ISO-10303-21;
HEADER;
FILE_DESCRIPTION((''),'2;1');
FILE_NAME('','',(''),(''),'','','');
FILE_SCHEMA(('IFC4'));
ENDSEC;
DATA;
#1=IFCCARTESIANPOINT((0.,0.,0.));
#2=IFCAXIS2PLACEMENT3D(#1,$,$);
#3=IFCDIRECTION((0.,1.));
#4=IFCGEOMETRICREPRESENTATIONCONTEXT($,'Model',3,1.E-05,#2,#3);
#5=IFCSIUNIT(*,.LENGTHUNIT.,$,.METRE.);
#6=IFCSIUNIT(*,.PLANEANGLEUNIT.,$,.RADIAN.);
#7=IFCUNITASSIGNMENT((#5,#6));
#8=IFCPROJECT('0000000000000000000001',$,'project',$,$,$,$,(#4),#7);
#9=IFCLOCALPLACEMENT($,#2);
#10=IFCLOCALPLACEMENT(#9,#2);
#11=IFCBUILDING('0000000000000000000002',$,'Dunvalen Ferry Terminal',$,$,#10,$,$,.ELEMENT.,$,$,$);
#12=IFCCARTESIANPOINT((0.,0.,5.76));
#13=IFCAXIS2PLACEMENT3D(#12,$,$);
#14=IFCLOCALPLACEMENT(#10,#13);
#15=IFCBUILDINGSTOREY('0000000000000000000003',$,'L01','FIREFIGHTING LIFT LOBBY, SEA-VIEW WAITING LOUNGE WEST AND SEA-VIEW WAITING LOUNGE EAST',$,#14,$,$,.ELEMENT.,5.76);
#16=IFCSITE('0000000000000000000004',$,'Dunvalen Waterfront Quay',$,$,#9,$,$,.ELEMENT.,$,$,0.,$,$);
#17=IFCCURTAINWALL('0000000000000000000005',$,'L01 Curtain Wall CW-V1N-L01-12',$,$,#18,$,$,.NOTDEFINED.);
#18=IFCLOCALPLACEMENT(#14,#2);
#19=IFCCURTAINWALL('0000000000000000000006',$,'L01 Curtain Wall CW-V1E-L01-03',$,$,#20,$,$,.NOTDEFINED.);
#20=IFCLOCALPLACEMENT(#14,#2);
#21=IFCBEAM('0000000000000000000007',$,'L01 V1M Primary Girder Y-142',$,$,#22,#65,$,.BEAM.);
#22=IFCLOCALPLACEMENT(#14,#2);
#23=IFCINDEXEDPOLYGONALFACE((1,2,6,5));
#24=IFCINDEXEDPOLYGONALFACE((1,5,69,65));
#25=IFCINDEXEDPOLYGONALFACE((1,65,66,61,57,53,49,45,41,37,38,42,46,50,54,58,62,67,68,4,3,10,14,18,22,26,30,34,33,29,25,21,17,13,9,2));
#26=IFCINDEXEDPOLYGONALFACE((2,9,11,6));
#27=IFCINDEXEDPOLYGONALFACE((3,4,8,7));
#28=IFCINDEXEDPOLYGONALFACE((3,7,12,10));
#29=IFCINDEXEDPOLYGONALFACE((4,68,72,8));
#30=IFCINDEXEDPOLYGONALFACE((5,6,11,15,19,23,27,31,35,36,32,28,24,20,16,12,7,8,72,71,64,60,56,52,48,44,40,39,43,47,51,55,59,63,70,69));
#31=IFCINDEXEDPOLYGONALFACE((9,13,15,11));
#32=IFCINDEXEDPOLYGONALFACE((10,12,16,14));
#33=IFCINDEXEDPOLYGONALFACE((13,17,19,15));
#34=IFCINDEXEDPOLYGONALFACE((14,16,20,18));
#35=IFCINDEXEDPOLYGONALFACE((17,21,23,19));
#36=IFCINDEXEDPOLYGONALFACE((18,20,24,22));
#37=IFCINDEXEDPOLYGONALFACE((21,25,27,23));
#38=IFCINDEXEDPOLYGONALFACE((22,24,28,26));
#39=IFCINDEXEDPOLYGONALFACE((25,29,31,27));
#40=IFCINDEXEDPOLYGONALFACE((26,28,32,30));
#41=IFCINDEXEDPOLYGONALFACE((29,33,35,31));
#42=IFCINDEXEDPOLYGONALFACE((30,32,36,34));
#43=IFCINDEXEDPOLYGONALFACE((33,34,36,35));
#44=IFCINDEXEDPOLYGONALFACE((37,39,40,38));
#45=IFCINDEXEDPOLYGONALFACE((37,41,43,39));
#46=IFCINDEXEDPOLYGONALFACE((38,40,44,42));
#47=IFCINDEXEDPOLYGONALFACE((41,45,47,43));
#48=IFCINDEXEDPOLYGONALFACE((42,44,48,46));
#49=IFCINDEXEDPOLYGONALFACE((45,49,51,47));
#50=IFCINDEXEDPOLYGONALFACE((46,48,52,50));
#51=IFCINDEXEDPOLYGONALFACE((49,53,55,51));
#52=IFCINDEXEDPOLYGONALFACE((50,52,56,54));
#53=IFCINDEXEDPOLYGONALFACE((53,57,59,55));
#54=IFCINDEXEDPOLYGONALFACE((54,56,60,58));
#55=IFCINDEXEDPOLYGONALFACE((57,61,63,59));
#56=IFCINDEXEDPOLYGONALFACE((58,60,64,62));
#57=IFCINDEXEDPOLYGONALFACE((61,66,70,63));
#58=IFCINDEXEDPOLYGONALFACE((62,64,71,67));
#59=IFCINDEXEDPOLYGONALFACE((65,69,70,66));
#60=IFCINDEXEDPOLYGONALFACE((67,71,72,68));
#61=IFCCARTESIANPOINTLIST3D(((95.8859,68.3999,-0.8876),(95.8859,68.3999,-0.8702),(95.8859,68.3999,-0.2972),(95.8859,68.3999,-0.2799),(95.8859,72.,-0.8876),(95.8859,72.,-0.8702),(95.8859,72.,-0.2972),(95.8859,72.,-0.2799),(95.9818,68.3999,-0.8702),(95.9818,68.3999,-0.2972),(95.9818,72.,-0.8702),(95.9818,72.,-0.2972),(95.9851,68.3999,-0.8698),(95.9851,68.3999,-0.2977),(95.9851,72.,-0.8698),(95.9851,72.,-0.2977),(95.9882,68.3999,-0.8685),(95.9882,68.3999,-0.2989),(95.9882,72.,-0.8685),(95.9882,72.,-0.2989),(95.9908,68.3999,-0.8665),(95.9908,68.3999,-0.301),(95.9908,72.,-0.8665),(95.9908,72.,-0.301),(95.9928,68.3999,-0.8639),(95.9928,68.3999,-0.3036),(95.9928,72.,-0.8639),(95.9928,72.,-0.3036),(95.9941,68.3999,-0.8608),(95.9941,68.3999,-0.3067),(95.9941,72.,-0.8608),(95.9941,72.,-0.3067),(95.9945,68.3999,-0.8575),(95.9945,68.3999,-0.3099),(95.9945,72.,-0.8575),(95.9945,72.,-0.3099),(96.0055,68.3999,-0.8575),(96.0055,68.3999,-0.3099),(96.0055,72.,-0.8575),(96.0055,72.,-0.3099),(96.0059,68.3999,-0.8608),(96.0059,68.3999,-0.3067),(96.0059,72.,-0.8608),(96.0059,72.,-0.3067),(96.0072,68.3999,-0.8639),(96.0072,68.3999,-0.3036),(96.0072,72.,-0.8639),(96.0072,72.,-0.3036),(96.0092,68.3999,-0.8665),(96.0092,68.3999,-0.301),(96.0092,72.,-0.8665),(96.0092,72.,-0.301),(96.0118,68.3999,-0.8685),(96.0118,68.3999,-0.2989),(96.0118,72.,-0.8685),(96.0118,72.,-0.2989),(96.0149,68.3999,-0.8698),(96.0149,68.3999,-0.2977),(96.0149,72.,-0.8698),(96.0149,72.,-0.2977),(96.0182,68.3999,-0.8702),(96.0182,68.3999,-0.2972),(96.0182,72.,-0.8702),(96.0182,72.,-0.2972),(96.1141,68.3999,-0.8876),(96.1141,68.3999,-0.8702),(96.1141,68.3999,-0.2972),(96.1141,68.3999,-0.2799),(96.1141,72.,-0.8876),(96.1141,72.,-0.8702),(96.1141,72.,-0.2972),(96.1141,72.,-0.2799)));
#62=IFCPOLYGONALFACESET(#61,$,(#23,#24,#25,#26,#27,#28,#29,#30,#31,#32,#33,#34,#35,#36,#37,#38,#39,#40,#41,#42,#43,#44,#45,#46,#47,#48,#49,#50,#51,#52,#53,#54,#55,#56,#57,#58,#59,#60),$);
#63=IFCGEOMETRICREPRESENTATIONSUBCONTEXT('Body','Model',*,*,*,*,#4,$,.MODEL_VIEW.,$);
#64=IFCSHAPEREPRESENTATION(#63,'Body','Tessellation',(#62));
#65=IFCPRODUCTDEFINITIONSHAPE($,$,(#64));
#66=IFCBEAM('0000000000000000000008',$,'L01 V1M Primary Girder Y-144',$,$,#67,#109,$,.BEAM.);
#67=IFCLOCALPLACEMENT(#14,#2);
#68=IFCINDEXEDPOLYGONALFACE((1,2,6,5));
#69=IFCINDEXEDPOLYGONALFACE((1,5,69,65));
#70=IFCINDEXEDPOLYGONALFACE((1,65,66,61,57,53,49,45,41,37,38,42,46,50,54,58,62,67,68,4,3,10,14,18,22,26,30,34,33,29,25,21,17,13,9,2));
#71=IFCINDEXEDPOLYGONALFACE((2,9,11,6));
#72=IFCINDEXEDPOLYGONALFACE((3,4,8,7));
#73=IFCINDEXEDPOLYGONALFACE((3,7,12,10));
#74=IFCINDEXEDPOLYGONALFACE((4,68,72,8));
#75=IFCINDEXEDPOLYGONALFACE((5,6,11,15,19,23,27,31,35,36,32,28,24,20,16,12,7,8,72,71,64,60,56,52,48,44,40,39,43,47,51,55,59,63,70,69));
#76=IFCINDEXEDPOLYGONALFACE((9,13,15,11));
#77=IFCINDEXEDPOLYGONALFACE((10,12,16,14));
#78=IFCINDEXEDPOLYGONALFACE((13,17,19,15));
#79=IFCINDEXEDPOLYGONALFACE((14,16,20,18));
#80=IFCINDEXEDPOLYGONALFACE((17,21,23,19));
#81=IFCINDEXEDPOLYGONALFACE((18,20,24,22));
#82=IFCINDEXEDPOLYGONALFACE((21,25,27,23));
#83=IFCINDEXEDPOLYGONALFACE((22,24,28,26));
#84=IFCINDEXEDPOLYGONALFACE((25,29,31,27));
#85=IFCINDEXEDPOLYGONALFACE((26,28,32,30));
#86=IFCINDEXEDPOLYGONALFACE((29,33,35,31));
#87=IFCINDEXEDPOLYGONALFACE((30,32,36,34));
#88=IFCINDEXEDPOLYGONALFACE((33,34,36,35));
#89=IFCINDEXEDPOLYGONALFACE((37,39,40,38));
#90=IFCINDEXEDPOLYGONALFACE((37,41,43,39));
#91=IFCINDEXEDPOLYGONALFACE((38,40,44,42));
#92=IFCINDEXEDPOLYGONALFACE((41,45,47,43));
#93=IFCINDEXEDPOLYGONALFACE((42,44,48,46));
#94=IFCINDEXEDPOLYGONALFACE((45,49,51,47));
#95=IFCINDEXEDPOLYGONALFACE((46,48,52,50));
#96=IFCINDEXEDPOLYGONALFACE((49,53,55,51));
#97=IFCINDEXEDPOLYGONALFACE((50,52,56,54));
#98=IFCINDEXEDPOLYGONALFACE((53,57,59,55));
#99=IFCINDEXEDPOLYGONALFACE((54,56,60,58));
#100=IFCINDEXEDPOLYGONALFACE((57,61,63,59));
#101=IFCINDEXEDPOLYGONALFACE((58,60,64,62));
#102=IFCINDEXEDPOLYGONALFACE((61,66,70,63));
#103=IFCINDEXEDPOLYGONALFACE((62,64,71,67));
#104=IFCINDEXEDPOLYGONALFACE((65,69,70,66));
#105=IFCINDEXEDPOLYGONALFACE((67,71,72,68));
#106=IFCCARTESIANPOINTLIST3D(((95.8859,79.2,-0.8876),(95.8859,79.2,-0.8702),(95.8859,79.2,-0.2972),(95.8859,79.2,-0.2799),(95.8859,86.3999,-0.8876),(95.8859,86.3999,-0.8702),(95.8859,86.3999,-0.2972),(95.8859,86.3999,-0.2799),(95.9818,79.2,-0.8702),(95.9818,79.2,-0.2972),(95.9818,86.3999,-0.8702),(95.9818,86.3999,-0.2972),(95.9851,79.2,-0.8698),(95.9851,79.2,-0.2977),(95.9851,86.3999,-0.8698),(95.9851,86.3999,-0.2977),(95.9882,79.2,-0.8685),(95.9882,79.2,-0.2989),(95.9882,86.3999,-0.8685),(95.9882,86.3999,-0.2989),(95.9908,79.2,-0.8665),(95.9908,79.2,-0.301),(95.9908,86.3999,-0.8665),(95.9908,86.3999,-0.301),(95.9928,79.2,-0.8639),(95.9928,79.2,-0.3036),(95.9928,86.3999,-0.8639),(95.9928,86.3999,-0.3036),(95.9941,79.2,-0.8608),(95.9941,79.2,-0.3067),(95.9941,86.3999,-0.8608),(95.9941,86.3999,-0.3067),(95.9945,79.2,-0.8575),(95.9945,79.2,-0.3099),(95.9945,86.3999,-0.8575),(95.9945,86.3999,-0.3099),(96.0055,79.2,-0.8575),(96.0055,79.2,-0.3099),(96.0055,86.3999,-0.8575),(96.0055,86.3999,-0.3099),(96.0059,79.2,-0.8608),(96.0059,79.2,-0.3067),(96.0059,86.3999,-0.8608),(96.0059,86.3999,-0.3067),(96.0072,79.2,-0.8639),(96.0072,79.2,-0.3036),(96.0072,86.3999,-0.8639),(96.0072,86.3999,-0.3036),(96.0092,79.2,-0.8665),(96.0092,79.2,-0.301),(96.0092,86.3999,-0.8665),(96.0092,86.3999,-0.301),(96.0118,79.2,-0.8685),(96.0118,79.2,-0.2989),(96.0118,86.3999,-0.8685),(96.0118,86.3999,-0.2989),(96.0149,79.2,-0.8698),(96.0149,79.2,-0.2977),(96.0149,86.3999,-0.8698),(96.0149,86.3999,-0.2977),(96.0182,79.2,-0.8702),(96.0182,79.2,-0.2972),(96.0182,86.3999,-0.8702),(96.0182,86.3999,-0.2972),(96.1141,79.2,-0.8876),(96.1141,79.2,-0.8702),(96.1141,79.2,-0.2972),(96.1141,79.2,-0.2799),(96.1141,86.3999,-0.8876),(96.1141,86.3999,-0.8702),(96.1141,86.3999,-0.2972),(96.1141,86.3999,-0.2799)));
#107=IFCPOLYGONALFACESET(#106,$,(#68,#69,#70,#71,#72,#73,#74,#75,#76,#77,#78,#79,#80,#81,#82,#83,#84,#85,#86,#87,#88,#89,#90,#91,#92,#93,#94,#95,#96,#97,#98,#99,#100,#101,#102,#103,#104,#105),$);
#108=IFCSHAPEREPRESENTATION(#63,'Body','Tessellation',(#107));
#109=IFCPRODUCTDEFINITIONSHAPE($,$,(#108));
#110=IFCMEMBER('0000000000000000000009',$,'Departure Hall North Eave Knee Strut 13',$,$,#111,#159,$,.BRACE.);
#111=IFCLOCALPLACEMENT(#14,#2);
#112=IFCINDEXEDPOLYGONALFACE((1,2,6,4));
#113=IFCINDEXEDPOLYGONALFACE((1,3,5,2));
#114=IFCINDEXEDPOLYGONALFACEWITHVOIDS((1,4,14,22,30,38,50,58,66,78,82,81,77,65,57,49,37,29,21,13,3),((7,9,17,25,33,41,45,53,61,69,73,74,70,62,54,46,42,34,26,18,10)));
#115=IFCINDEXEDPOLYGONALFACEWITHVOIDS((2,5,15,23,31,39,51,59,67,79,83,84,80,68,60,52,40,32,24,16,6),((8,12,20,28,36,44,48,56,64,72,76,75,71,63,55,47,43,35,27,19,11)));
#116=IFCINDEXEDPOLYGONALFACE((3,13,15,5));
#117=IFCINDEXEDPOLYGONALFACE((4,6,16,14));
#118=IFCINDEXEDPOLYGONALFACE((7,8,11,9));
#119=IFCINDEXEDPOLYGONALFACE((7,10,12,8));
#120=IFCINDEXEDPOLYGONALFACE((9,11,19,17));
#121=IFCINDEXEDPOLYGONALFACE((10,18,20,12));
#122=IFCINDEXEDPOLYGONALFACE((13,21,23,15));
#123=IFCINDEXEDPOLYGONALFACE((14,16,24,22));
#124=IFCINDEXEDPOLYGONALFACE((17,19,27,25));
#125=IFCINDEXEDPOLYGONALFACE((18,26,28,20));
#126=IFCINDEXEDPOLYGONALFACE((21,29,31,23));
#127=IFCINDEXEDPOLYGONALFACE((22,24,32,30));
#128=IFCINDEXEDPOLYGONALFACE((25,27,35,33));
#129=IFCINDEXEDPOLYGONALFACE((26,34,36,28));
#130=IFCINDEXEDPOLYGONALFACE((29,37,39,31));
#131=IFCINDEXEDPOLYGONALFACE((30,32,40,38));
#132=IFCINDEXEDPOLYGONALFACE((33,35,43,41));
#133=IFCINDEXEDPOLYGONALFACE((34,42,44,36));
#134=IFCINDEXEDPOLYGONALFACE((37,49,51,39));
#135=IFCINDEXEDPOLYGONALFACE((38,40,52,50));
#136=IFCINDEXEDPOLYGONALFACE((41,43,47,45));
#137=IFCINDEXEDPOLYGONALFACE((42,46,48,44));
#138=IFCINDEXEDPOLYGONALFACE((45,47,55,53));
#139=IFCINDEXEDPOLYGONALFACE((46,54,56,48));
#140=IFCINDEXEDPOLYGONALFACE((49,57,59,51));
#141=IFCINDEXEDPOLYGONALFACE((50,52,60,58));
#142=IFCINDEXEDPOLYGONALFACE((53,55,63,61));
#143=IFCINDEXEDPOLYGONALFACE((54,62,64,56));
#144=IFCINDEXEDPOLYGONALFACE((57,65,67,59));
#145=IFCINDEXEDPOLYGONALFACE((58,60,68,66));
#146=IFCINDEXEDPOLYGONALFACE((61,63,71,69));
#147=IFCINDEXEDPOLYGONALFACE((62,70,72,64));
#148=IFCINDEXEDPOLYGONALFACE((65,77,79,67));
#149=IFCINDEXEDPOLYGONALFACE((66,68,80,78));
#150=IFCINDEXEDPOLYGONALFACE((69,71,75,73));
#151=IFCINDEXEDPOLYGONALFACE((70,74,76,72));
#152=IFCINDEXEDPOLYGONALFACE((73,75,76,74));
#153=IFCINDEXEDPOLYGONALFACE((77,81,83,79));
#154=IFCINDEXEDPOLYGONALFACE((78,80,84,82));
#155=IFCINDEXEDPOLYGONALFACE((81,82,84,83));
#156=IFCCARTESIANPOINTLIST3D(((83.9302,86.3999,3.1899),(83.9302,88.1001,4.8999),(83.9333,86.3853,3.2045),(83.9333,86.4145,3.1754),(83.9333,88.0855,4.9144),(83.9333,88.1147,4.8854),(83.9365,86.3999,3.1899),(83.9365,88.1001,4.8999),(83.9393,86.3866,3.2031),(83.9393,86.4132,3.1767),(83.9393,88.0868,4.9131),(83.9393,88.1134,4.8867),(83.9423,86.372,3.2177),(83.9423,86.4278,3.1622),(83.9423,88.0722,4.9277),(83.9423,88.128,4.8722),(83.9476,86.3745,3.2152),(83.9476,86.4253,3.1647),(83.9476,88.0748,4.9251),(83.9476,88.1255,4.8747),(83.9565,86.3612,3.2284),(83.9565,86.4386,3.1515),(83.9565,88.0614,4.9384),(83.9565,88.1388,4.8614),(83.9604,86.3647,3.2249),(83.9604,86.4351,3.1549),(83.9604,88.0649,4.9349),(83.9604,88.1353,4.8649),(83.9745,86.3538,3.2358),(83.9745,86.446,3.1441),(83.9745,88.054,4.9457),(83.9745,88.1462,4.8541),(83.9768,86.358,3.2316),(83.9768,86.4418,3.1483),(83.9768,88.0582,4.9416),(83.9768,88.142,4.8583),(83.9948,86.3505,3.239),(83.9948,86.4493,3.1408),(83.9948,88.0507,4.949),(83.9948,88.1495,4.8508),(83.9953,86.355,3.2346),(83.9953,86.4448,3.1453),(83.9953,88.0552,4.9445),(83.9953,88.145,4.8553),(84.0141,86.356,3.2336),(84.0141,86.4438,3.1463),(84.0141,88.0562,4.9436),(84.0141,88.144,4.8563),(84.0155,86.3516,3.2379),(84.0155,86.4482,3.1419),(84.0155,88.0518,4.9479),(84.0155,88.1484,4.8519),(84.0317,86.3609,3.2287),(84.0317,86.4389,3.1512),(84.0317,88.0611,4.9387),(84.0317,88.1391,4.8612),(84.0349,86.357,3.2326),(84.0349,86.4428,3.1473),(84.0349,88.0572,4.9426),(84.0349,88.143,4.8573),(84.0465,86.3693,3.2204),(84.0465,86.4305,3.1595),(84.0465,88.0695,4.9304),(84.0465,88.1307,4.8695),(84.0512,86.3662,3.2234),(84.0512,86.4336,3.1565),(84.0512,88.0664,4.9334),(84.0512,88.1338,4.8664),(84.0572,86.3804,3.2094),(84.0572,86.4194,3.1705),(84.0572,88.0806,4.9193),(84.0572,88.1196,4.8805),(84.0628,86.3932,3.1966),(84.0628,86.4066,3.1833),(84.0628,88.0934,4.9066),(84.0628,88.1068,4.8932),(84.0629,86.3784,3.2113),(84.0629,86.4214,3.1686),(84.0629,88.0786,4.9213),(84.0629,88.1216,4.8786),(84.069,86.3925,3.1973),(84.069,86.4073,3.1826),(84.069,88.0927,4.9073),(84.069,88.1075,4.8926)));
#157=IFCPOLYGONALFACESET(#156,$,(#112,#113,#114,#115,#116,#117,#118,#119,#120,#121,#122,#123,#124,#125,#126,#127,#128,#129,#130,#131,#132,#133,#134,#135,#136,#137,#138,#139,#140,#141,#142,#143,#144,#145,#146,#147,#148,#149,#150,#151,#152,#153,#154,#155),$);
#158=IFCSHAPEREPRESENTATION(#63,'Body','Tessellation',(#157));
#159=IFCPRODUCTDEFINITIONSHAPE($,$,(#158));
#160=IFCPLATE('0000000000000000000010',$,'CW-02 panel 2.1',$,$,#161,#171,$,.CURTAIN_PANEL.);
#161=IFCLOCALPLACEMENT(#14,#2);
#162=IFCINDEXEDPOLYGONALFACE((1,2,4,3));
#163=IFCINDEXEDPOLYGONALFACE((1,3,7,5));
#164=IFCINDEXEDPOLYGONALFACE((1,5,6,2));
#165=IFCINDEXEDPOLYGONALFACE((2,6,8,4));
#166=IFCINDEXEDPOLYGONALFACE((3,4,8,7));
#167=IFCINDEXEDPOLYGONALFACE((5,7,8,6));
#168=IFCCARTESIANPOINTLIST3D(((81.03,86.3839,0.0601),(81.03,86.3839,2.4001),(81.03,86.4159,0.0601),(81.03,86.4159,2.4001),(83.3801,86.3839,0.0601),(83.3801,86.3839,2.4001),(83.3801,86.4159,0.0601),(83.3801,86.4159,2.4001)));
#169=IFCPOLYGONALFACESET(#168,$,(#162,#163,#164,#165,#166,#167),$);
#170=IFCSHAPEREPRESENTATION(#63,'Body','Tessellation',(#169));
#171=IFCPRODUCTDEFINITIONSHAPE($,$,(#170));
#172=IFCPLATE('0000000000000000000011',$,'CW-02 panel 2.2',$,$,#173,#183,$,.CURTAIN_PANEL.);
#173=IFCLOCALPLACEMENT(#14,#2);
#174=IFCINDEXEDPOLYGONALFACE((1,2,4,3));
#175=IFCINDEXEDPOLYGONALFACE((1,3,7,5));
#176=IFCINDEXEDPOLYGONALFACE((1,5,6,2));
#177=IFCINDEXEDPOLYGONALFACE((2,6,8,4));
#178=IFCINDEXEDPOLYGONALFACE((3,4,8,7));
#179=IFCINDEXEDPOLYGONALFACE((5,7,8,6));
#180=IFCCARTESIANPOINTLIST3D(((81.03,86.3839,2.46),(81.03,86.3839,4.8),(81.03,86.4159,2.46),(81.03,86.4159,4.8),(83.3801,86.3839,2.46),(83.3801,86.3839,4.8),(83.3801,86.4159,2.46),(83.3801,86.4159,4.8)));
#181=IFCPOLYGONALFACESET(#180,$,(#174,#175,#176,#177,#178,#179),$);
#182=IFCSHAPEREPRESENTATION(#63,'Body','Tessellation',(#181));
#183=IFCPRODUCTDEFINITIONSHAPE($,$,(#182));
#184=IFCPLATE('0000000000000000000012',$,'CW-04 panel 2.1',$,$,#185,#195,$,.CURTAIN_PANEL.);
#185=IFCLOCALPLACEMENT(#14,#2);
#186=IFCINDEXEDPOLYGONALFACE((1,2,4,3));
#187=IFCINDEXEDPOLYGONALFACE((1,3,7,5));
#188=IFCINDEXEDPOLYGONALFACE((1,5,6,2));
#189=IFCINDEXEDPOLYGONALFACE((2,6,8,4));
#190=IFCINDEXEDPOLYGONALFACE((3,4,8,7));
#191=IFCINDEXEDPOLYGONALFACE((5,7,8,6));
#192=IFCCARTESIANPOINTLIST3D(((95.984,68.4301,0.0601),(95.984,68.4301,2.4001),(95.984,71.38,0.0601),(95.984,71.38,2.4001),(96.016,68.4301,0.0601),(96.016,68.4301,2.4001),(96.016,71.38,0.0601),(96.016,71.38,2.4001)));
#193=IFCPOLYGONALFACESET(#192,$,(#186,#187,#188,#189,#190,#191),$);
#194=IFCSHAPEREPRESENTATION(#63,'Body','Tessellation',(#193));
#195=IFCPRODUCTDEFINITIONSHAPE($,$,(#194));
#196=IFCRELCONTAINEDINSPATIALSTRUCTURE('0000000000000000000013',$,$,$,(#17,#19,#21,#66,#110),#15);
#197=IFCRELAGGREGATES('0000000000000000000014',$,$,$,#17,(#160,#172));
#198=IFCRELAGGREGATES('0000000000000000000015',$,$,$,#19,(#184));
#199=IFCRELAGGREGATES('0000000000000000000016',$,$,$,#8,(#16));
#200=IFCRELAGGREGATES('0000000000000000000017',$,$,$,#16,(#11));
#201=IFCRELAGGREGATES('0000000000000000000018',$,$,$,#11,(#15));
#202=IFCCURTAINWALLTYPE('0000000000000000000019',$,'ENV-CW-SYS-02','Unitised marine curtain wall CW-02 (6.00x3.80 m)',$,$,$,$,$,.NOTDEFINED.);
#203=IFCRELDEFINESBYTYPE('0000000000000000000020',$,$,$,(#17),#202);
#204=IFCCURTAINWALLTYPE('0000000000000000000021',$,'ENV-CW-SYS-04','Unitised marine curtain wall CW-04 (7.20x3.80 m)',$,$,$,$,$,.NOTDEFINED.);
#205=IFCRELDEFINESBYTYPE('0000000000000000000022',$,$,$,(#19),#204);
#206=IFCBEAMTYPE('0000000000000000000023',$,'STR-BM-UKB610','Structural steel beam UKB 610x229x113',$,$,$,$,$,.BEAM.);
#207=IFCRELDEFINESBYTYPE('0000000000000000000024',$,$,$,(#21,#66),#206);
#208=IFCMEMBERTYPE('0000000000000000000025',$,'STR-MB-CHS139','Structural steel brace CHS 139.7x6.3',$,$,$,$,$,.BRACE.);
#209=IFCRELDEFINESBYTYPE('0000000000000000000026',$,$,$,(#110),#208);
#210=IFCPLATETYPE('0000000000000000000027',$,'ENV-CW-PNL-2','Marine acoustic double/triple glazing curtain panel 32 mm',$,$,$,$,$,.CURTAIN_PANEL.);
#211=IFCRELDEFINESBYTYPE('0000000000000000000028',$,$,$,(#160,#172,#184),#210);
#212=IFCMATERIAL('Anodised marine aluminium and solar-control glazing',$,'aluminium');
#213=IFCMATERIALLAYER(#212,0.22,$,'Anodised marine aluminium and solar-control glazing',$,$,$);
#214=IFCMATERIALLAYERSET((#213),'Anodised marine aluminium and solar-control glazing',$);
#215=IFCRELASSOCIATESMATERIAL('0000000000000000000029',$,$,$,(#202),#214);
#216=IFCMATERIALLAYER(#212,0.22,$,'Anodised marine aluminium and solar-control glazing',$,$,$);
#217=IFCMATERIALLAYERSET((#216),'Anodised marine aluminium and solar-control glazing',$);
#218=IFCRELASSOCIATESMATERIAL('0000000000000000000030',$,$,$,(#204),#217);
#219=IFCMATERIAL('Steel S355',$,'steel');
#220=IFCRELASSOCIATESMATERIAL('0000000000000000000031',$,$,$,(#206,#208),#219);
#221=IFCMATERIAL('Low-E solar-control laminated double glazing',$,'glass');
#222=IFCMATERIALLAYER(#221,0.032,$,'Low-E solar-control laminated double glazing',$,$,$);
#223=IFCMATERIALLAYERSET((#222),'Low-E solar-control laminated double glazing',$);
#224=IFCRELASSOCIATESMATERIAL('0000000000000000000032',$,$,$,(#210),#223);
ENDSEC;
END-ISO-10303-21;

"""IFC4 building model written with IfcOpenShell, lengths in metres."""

from ifc_helpers import new_model, si_unit, direction, frame, origin, origin_2d, place, context, subcontext, project, spatial, rectangle, hollow_circle, i_section, extrude, material, layer, layer_set, material_profile, profile_set, type_object, element, aggregate, save


model = new_model("IFC4")

# Units and contexts
model_context = context("Model", 3, precision=1e-05, world=origin(), true_north=direction((0.0, 1.0)))
body_context = subcontext(model_context, "Body", "Model", "MODEL_VIEW")
ifc_project = project(units=[si_unit("LENGTHUNIT", "METRE"), si_unit("PLANEANGLEUNIT", "RADIAN")], contexts=[model_context])

# Site, building, storey
site_placement = place(None, origin())
site = spatial("IfcSite", under=ifc_project, at=site_placement, Name="Dunvalen Waterfront Quay", CompositionType="ELEMENT", RefElevation=0.0)
building_placement = place(site_placement, origin())
building = spatial("IfcBuilding", under=site, at=building_placement, Name="Dunvalen Ferry Terminal", CompositionType="ELEMENT")
storey_placement = place(building_placement, frame((0.0, 0.0, 5.76)))
storey = spatial("IfcBuildingStorey", under=building, at=storey_placement, Name="L01", Description="FIREFIGHTING LIFT LOBBY, SEA-VIEW WAITING LOUNGE WEST AND SEA-VIEW WAITING LOUNGE EAST", CompositionType="ELEMENT", Elevation=5.76)

# Curtain wall
ifc_material_1 = material(Name="Anodised marine aluminium and solar-control glazing", Category="aluminium")
ifc_layer_1 = layer(ifc_material_1, 0.22, Name="Anodised marine aluminium and solar-control glazing")
ifc_layer_set_1 = layer_set([ifc_layer_1], Name="Anodised marine aluminium and solar-control glazing")
curtain_wall_type_1 = type_object("IfcCurtainWallType", Name="ENV-CW-SYS-02", Description="Unitised marine curtain wall CW-02 (6.00x3.80 m)", PredefinedType="NOTDEFINED", material=ifc_layer_set_1)
curtain_wall_1_placement = place(storey_placement, origin())
curtain_wall_1 = element("IfcCurtainWall", 1, at=curtain_wall_1_placement, inside=storey, type_object=curtain_wall_type_1, Name="L01 Curtain Wall CW-V1N-L01-12", PredefinedType="NOTDEFINED")

# Curtain wall
ifc_layer_2 = layer(ifc_material_1, 0.22, Name="Anodised marine aluminium and solar-control glazing")
ifc_layer_set_2 = layer_set([ifc_layer_2], Name="Anodised marine aluminium and solar-control glazing")
curtain_wall_type_2 = type_object("IfcCurtainWallType", Name="ENV-CW-SYS-04", Description="Unitised marine curtain wall CW-04 (7.20x3.80 m)", PredefinedType="NOTDEFINED", material=ifc_layer_set_2)
curtain_wall_2_placement = place(storey_placement, origin())
curtain_wall_2 = element("IfcCurtainWall", 2, at=curtain_wall_2_placement, inside=storey, type_object=curtain_wall_type_2, Name="L01 Curtain Wall CW-V1E-L01-03", PredefinedType="NOTDEFINED")

# Beams
ifc_material_2 = material(Name="Steel S355", Category="steel")
ifc_material_profile_1 = material_profile(ifc_material_2, i_section(OverallWidth=0.2283, OverallDepth=0.6077, WebThickness=0.011, FlangeThickness=0.0173, FilletRadius=0.0127, at=origin_2d()), Name="Steel S355")
ifc_profile_set_1 = profile_set([ifc_material_profile_1], Name="Steel S355")
beam_type_1 = type_object("IfcBeamType", Name="STR-BM-UKB610", Description="Structural steel beam UKB 610x229x113", PredefinedType="BEAM", material=ifc_profile_set_1)
beam_1_placement = place(storey_placement, frame((96.0, 68.3999, -0.5837), z_axis=(0.0, 1.0, 0.0), x_axis=(-1.0, 0.0, 0.0)))
element("IfcBeam", 3, at=beam_1_placement, inside=storey, type_object=beam_type_1, Name="L01 V1M Primary Girder Y-142", PredefinedType="BEAM", context=body_context, shape_type="SweptSolid", body=[
    extrude(i_section(OverallWidth=0.2283, OverallDepth=0.6077, WebThickness=0.011, FlangeThickness=0.0173, FilletRadius=0.0127, at=origin_2d()), origin(), (0.0, 0.0, 1.0), 3.6001),
])
beam_2_placement = place(storey_placement, frame((96.0, 79.2, -0.5837), z_axis=(0.0, 1.0, 0.0), x_axis=(-1.0, 0.0, 0.0)))
element("IfcBeam", 4, at=beam_2_placement, inside=storey, type_object=beam_type_1, Name="L01 V1M Primary Girder Y-144", PredefinedType="BEAM", context=body_context, shape_type="SweptSolid", body=[
    extrude(i_section(OverallWidth=0.2283, OverallDepth=0.6077, WebThickness=0.011, FlangeThickness=0.0173, FilletRadius=0.0127, at=origin_2d()), origin(), (0.0, 0.0, 1.0), 7.2),
])

# Member
ifc_material_profile_2 = material_profile(ifc_material_2, hollow_circle(Radius=0.0698, WallThickness=0.0063, at=origin_2d()), Name="Steel S355")
ifc_profile_set_2 = profile_set([ifc_material_profile_2], Name="Steel S355")
member_type_1 = type_object("IfcMemberType", Name="STR-MB-CHS139", Description="Structural steel brace CHS 139.7x6.3", PredefinedType="BRACE", material=ifc_profile_set_2)
member_1_placement = place(storey_placement, frame((84.0, 86.3999, 3.1899), z_axis=(0.0, 0.705079, 0.709129), x_axis=(-1.0, 0.0, 0.0)))
element("IfcMember", 5, at=member_1_placement, inside=storey, type_object=member_type_1, Name="Departure Hall North Eave Knee Strut 13", PredefinedType="BRACE", context=body_context, shape_type="SweptSolid", body=[
    extrude(hollow_circle(Radius=0.0698, WallThickness=0.0063, at=origin_2d()), origin(), (0.0, 0.0, 1.0), 2.4114),
])

# Plates
ifc_material_3 = material(Name="Low-E solar-control laminated double glazing", Category="glass")
ifc_layer_3 = layer(ifc_material_3, 0.032, Name="Low-E solar-control laminated double glazing")
ifc_layer_set_3 = layer_set([ifc_layer_3], Name="Low-E solar-control laminated double glazing")
plate_type_1 = type_object("IfcPlateType", Name="ENV-CW-PNL-2", Description="Marine acoustic double/triple glazing curtain panel 32 mm", PredefinedType="CURTAIN_PANEL", material=ifc_layer_set_3)
plate_1_placement = place(storey_placement, frame((82.2051, 86.3999, 0.0601), z_axis=(0.0, 0.0, 1.0), x_axis=(1.0, 0.0, 0.0)))
plate_1 = element("IfcPlate", 6, at=plate_1_placement, type_object=plate_type_1, Name="CW-02 panel 2.1", PredefinedType="CURTAIN_PANEL", context=body_context, shape_type="SweptSolid", body=[
    extrude(rectangle(XDim=2.3501, YDim=0.032, at=origin_2d()), origin(), (0.0, 0.0, 1.0), 2.3401),
])
plate_2_placement = place(storey_placement, frame((82.2051, 86.3999, 2.46), z_axis=(0.0, 0.0, 1.0), x_axis=(1.0, 0.0, 0.0)))
plate_2 = element("IfcPlate", 7, at=plate_2_placement, type_object=plate_type_1, Name="CW-02 panel 2.2", PredefinedType="CURTAIN_PANEL", context=body_context, shape_type="SweptSolid", body=[
    extrude(rectangle(XDim=2.3501, YDim=0.032, at=origin_2d()), origin(), (0.0, 0.0, 1.0), 2.3401),
])
aggregate(curtain_wall_1, [plate_1, plate_2])
plate_3_placement = place(storey_placement, frame((96.0, 69.905, 0.0601), z_axis=(0.0, 0.0, 1.0), x_axis=(0.0, 1.0, 0.0)))
plate_3 = element("IfcPlate", 8, at=plate_3_placement, type_object=plate_type_1, Name="CW-04 panel 2.1", PredefinedType="CURTAIN_PANEL", context=body_context, shape_type="SweptSolid", body=[
    extrude(rectangle(XDim=2.95, YDim=0.032, at=origin_2d()), origin(), (0.0, 0.0, 1.0), 2.3401),
])
aggregate(curtain_wall_2, [plate_3])

save(model, "model.ifc")
